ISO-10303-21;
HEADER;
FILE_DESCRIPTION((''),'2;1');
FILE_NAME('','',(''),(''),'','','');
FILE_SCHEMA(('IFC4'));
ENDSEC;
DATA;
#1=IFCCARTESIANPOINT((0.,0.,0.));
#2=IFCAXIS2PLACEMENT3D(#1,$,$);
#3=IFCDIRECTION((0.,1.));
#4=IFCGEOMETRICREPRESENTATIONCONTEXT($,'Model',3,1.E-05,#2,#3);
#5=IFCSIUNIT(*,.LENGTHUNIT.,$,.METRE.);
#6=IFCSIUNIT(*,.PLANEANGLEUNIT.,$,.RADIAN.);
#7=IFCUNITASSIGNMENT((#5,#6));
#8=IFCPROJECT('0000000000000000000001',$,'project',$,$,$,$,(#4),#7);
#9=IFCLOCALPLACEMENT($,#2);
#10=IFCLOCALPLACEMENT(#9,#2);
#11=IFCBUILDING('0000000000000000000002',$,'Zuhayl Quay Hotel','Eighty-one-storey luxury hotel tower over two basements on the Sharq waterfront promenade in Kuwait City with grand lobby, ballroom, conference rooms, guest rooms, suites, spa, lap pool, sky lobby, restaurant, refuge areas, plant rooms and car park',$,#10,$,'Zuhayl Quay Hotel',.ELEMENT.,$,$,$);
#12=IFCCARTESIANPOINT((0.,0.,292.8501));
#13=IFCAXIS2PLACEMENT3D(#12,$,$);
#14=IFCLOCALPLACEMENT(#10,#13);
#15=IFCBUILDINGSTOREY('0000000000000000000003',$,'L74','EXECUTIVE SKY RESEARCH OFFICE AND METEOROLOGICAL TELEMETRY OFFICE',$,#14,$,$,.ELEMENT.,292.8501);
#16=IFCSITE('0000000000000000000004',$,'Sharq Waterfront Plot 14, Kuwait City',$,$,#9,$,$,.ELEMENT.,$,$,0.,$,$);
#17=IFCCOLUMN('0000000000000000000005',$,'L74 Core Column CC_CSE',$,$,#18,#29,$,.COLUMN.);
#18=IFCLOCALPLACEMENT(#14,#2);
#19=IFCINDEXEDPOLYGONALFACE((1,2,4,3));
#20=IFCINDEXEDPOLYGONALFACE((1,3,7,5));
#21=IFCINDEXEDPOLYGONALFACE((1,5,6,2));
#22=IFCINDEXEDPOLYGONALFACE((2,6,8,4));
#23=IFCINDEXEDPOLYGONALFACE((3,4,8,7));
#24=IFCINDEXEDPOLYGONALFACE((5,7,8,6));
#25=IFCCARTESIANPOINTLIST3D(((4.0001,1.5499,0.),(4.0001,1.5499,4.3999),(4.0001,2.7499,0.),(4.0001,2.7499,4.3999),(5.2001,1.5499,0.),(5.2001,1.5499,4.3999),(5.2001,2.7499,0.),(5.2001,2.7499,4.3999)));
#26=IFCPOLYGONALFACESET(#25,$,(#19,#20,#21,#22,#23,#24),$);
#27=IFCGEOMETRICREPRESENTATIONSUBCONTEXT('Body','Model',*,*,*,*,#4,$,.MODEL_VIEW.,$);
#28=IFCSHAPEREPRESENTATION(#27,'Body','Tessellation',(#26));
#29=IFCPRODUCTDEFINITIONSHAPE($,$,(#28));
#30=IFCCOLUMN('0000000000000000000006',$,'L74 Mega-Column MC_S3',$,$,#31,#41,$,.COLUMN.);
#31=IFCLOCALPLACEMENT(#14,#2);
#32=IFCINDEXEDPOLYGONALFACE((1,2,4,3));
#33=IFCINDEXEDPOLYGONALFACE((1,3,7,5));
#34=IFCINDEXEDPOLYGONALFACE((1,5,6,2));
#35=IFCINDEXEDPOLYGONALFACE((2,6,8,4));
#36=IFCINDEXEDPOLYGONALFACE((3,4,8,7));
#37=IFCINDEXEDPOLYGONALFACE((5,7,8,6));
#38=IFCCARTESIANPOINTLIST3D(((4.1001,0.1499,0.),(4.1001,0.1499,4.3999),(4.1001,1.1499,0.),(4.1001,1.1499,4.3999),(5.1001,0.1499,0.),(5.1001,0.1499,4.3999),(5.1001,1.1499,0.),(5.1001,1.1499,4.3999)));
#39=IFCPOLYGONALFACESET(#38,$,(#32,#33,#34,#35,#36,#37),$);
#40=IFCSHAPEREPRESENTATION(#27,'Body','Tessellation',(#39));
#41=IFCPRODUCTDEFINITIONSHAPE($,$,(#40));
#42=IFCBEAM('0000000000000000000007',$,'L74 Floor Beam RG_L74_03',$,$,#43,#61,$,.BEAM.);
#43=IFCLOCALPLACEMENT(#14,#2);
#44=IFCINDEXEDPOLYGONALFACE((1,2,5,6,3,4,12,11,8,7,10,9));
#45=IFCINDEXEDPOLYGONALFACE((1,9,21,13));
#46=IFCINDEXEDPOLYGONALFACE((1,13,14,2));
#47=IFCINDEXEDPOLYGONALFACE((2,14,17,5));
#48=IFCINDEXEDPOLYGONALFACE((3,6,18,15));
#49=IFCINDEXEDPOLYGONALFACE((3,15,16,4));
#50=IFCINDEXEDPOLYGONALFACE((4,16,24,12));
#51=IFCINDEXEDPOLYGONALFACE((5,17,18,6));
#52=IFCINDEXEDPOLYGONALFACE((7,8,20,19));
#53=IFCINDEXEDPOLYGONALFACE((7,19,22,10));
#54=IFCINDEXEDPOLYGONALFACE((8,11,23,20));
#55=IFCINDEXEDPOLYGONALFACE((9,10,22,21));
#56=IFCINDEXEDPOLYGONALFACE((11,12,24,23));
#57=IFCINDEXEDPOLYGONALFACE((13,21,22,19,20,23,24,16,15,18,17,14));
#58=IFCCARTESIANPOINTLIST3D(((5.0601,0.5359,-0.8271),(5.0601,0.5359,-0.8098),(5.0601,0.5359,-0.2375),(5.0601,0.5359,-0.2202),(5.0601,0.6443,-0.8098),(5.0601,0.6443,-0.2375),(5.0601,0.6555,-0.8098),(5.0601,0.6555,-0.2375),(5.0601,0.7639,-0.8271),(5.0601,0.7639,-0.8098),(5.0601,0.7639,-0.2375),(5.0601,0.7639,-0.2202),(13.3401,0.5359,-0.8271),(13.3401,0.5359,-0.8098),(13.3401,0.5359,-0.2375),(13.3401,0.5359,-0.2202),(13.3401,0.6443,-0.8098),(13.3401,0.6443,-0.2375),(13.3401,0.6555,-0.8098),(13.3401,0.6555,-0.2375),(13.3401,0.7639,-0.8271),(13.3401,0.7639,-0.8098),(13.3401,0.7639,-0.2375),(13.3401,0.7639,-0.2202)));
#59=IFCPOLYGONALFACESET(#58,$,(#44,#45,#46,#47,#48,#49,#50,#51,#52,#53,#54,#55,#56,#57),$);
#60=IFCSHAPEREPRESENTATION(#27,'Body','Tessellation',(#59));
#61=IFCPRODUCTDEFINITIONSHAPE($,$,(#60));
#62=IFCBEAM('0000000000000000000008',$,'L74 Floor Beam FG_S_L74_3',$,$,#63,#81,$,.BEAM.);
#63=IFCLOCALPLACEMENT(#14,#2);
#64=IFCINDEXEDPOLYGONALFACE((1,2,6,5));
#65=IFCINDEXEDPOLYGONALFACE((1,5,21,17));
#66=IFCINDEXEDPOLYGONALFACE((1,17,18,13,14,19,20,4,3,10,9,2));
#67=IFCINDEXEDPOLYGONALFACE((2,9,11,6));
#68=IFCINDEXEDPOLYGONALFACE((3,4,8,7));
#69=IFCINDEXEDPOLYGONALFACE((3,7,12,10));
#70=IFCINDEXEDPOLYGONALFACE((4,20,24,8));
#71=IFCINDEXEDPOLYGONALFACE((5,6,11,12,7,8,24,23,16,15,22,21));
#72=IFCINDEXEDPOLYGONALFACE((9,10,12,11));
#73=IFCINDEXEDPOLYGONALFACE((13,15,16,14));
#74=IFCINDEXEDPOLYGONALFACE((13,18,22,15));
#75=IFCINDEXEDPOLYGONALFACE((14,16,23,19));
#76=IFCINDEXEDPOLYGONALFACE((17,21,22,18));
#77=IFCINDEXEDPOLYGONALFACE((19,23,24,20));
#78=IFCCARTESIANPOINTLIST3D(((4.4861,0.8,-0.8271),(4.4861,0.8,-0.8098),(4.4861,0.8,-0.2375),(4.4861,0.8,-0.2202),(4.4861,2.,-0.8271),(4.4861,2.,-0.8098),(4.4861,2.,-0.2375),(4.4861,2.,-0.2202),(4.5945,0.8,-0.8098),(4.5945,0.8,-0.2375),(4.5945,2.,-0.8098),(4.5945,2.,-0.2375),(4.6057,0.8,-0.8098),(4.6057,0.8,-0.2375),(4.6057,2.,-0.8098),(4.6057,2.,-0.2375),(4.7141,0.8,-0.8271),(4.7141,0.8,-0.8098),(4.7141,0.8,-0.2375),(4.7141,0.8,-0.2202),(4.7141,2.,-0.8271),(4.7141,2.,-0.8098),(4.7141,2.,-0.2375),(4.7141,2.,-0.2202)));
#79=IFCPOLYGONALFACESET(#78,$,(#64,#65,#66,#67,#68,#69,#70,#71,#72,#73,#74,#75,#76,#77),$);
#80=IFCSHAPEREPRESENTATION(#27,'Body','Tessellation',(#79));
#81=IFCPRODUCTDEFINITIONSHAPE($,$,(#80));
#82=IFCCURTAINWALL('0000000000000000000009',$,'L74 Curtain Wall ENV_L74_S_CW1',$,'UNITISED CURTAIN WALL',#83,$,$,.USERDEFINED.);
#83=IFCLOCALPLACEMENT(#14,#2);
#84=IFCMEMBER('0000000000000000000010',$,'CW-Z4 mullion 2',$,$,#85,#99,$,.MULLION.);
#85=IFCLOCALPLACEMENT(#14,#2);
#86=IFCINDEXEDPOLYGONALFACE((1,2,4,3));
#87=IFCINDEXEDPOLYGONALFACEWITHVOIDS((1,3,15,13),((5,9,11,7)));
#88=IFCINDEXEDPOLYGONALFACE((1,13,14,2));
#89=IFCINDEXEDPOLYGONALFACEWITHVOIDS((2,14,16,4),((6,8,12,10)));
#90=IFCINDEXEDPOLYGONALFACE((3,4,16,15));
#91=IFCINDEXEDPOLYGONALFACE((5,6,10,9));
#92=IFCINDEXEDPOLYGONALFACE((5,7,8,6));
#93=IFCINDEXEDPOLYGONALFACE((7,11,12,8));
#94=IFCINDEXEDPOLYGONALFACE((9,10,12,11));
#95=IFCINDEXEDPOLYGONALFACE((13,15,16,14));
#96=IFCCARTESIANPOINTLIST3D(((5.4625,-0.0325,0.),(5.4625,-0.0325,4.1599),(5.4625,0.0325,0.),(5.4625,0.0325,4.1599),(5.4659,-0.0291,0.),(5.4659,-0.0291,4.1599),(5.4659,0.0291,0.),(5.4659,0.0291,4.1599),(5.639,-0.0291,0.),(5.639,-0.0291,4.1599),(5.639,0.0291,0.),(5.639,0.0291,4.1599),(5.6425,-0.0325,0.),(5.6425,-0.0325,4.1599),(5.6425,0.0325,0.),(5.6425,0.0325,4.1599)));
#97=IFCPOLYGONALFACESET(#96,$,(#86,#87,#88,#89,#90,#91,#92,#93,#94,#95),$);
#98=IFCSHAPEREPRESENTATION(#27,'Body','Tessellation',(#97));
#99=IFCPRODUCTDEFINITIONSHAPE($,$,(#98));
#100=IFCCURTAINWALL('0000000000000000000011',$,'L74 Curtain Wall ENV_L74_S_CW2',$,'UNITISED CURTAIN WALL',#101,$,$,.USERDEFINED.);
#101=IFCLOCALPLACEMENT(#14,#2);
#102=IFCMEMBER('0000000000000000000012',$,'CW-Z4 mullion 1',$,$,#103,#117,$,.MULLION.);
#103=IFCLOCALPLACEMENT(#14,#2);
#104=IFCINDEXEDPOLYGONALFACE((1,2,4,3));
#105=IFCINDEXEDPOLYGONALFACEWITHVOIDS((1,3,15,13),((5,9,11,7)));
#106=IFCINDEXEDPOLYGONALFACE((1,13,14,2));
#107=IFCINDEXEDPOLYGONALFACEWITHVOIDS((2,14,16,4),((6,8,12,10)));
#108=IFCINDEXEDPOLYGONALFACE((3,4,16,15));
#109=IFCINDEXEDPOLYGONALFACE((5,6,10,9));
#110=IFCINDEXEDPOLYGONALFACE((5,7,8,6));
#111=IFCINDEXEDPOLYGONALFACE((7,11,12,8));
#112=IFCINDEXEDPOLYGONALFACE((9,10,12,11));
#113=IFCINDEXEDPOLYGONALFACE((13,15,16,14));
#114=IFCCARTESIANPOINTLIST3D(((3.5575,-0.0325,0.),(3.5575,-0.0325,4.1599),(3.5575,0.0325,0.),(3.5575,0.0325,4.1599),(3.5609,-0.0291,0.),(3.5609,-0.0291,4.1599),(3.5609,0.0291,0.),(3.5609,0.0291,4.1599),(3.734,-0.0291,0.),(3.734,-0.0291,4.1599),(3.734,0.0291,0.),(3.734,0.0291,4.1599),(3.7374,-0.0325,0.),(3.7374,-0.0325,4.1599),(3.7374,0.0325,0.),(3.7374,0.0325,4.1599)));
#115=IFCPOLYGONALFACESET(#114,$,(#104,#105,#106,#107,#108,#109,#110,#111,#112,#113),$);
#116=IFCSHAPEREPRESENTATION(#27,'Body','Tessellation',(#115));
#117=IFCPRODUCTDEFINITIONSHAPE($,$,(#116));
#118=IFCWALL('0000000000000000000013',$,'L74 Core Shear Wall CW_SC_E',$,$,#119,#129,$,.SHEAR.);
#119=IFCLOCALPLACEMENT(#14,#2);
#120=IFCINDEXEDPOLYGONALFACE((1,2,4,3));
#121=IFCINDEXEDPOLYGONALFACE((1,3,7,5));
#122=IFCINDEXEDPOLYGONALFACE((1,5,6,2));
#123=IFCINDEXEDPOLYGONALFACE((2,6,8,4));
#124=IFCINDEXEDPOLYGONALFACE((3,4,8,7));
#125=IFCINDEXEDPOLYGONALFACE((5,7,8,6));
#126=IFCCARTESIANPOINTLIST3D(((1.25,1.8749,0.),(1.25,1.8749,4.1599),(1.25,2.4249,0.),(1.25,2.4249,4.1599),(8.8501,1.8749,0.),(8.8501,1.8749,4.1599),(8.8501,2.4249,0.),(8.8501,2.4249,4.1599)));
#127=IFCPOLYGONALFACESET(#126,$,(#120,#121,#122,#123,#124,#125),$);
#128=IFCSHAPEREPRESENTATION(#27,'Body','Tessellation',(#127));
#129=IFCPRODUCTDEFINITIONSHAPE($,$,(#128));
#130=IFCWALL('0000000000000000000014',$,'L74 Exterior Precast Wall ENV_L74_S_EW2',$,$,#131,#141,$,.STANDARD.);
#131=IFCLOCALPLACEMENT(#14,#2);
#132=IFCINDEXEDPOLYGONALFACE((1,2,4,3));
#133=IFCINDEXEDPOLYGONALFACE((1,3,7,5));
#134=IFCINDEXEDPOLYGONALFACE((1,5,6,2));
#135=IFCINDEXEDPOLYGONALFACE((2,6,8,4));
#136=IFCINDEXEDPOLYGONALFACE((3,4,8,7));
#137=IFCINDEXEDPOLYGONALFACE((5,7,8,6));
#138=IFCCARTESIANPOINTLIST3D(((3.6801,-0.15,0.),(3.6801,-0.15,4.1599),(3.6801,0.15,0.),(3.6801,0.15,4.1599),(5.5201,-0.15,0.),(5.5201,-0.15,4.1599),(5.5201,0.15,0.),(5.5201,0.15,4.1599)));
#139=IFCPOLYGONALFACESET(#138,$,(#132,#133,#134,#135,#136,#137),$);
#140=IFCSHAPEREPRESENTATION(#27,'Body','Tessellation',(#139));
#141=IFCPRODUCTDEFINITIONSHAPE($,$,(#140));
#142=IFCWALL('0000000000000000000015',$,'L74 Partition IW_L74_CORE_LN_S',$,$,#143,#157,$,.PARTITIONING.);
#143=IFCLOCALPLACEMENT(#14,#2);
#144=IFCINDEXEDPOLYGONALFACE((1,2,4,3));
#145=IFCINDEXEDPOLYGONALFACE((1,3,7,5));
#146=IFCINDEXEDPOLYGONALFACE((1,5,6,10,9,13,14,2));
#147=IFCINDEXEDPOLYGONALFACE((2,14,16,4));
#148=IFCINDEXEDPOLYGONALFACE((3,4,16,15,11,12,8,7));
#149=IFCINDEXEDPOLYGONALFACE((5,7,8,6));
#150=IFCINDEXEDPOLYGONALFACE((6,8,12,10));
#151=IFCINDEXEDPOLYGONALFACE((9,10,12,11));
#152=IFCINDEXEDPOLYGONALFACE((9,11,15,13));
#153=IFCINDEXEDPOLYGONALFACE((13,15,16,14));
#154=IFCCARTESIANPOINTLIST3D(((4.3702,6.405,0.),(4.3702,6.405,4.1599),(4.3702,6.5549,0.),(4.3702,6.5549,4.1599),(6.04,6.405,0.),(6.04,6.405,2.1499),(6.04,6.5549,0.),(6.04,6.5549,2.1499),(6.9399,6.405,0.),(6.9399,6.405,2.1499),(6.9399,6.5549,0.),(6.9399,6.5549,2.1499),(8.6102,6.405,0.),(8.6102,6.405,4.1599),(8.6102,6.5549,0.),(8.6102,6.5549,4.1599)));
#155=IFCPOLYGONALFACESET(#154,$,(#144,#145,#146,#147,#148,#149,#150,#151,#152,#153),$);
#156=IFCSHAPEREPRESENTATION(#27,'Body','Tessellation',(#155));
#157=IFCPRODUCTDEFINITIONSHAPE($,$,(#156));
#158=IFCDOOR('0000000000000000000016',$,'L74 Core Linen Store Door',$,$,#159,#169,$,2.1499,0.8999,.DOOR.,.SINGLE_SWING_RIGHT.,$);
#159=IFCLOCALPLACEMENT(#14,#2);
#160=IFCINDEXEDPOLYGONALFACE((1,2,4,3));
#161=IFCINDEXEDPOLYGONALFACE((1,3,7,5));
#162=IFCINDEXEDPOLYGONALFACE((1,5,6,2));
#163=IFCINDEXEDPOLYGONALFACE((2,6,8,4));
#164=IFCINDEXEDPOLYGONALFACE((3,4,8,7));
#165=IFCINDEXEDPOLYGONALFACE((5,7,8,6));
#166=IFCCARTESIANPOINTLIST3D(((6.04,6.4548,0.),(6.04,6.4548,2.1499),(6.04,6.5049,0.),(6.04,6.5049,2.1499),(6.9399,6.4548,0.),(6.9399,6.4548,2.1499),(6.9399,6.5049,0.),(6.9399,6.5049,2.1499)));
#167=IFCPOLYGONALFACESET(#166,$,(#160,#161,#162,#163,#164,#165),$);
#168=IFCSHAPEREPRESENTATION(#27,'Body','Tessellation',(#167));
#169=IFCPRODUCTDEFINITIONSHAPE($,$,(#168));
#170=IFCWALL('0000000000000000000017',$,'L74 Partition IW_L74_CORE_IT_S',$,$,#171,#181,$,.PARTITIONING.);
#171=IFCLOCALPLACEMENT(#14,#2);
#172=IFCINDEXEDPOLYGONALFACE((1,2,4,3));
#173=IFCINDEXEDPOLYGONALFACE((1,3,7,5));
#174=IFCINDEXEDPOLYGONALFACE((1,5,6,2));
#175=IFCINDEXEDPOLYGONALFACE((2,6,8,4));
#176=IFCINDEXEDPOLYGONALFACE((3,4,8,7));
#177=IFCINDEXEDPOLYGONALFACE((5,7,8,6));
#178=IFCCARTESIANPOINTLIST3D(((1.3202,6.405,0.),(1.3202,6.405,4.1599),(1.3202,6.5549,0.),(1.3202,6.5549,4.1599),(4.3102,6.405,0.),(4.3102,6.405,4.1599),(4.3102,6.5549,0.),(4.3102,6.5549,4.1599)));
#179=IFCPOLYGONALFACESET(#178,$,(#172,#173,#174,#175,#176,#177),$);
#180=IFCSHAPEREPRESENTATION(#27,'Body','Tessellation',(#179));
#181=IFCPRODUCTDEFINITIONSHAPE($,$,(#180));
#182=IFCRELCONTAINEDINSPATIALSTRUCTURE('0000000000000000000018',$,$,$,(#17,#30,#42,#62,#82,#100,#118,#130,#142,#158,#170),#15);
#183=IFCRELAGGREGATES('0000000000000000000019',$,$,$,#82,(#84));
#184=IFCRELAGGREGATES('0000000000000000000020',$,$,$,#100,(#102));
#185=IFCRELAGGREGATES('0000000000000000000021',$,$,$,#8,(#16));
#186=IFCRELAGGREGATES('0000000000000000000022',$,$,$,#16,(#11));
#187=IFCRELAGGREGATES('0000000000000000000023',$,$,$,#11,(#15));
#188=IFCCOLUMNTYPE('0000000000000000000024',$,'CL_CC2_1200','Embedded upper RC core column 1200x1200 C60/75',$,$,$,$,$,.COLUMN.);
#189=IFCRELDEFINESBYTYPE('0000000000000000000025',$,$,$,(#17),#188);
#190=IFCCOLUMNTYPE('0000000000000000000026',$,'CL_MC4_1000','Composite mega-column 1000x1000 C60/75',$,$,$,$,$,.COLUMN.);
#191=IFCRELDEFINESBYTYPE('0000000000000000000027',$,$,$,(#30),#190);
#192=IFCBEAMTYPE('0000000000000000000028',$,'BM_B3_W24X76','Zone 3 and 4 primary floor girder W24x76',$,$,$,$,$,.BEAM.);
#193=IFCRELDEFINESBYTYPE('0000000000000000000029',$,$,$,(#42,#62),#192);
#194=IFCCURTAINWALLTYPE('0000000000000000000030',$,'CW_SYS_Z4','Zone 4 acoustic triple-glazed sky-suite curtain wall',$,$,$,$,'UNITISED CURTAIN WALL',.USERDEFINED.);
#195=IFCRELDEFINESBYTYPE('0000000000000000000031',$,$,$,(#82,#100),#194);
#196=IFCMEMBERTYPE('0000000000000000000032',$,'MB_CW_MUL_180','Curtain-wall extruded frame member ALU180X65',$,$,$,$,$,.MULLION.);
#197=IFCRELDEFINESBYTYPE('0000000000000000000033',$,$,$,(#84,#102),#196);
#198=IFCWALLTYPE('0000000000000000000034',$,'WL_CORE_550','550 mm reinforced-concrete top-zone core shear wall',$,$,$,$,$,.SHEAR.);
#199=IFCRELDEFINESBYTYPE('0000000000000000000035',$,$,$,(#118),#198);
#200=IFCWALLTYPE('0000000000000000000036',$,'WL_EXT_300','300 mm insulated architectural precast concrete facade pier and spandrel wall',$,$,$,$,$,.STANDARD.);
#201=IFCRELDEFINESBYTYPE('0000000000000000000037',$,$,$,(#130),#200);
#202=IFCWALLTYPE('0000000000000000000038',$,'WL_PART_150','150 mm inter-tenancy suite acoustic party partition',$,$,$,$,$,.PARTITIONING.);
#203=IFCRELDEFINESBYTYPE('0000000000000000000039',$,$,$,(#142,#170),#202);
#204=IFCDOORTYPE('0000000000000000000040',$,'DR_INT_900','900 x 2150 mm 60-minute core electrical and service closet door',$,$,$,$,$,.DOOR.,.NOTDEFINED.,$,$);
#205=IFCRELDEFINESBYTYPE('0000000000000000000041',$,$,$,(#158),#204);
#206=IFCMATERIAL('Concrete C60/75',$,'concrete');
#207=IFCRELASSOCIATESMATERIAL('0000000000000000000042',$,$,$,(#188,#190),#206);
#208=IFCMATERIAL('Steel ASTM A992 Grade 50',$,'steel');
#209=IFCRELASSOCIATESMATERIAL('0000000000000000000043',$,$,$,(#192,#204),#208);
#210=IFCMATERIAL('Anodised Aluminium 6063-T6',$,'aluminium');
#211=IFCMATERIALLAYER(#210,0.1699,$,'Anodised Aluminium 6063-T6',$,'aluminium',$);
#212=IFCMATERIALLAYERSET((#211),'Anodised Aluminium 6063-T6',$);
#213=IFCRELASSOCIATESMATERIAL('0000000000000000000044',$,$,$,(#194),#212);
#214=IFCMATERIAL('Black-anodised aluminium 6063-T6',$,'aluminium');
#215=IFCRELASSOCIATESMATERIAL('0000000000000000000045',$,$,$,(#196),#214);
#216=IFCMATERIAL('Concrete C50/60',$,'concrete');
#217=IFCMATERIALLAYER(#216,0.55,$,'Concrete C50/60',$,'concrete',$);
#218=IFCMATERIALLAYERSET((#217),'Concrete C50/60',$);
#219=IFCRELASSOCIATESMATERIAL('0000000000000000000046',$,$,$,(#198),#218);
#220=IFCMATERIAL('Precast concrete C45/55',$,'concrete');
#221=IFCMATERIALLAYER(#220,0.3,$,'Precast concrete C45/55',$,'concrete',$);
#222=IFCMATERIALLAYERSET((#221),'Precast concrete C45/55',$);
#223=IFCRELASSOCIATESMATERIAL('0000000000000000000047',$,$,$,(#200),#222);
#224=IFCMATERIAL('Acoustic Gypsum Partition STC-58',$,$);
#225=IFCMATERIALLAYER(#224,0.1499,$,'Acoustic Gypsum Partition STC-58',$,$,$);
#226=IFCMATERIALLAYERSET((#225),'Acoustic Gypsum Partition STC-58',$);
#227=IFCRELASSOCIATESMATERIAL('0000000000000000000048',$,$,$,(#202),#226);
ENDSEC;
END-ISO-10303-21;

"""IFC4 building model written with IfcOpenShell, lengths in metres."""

from ifc_helpers import new_model, si_unit, direction, frame, frame_2d, origin, origin_2d, place, context, subcontext, project, spatial, rectangle, hollow_rectangle, i_section, extrude, material, layer, layer_set, material_profile, profile_set, type_object, element, fill, aggregate, save


model = new_model("IFC4")

# Units and contexts
model_context = context("Model", 3, precision=1e-05, world=origin(), true_north=direction((0.0, 1.0)))
body_context = subcontext(model_context, "Body", "Model", "MODEL_VIEW")
ifc_project = project(units=[si_unit("LENGTHUNIT", "METRE"), si_unit("PLANEANGLEUNIT", "RADIAN")], contexts=[model_context])

# Site, building, storey
site_placement = place(None, origin())
site = spatial("IfcSite", under=ifc_project, at=site_placement, Name="Sharq Waterfront Plot 14, Kuwait City", CompositionType="ELEMENT", RefElevation=0.0)
building_placement = place(site_placement, origin())
building = spatial("IfcBuilding", under=site, at=building_placement, Name="Zuhayl Quay Hotel", Description="Eighty-one-storey luxury hotel tower over two basements on the Sharq waterfront promenade in Kuwait City with grand lobby, ballroom, conference rooms, guest rooms, suites, spa, lap pool, sky lobby, restaurant, refuge areas, plant rooms and car park", LongName="Zuhayl Quay Hotel", CompositionType="ELEMENT")
storey_placement = place(building_placement, frame((0.0, 0.0, 292.8501)))
storey = spatial("IfcBuildingStorey", under=building, at=storey_placement, Name="L74", Description="EXECUTIVE SKY RESEARCH OFFICE AND METEOROLOGICAL TELEMETRY OFFICE", CompositionType="ELEMENT", Elevation=292.8501)

# Columns
ifc_material_1 = material(Name="Concrete C60/75", Category="concrete")
ifc_material_profile_1 = material_profile(ifc_material_1, rectangle(XDim=1.2, YDim=1.2, at=origin_2d()), Name="RC1200X1200")
ifc_profile_set_1 = profile_set([ifc_material_profile_1], Name="Concrete C60/75")
column_type_1 = type_object("IfcColumnType", Name="CL_CC2_1200", Description="Embedded upper RC core column 1200x1200 C60/75", PredefinedType="COLUMN", material=ifc_profile_set_1)
column_1_placement = place(storey_placement, frame((4.6001, 2.1499, 0.0), z_axis=(0.0, 0.0, 1.0), x_axis=(1.0, 0.0, 0.0)))
element("IfcColumn", 1, at=column_1_placement, inside=storey, type_object=column_type_1, Name="L74 Core Column CC_CSE", PredefinedType="COLUMN", context=body_context, shape_type="SweptSolid", body=[
    extrude(rectangle(XDim=1.2, YDim=1.2, at=origin_2d()), origin(), (0.0, 0.0, 1.0), 4.3999),
])
ifc_material_profile_2 = material_profile(ifc_material_1, rectangle(XDim=1.0, YDim=1.0, at=origin_2d()), Name="RC1000X1000")
ifc_profile_set_2 = profile_set([ifc_material_profile_2], Name="Concrete C60/75")
column_type_2 = type_object("IfcColumnType", Name="CL_MC4_1000", Description="Composite mega-column 1000x1000 C60/75", PredefinedType="COLUMN", material=ifc_profile_set_2)
column_2_placement = place(storey_placement, frame((4.6001, 0.6499, 0.0), z_axis=(0.0, 0.0, 1.0), x_axis=(1.0, 0.0, 0.0)))
element("IfcColumn", 2, at=column_2_placement, inside=storey, type_object=column_type_2, Name="L74 Mega-Column MC_S3", PredefinedType="COLUMN", context=body_context, shape_type="SweptSolid", body=[
    extrude(rectangle(XDim=1.0, YDim=1.0, at=origin_2d()), origin(), (0.0, 0.0, 1.0), 4.3999),
])

# Beams
ifc_material_2 = material(Name="Steel ASTM A992 Grade 50", Category="steel")
ifc_material_profile_3 = material_profile(ifc_material_2, i_section(OverallWidth=0.228, OverallDepth=0.6069, WebThickness=0.0112, FlangeThickness=0.0173, at=origin_2d()), Name="W24X76")
ifc_profile_set_3 = profile_set([ifc_material_profile_3], Name="Steel ASTM A992 Grade 50")
beam_type = type_object("IfcBeamType", Name="BM_B3_W24X76", Description="Zone 3 and 4 primary floor girder W24x76", PredefinedType="BEAM", material=ifc_profile_set_3)
beam_1_placement = place(storey_placement, frame((5.0601, 0.6499, -0.5237), z_axis=(1.0, 0.0, 0.0), x_axis=(0.0, 1.0, 0.0)))
element("IfcBeam", 3, at=beam_1_placement, inside=storey, type_object=beam_type, Name="L74 Floor Beam RG_L74_03", PredefinedType="BEAM", context=body_context, shape_type="SweptSolid", body=[
    extrude(i_section(OverallWidth=0.228, OverallDepth=0.6069, WebThickness=0.0112, FlangeThickness=0.0173, at=origin_2d()), origin(), (0.0, 0.0, 1.0), 8.28),
])
beam_2_placement = place(storey_placement, frame((4.6001, 0.8, -0.5237), z_axis=(0.0, 1.0, 0.0), x_axis=(-1.0, 0.0, 0.0)))
element("IfcBeam", 4, at=beam_2_placement, inside=storey, type_object=beam_type, Name="L74 Floor Beam FG_S_L74_3", PredefinedType="BEAM", context=body_context, shape_type="SweptSolid", body=[
    extrude(i_section(OverallWidth=0.228, OverallDepth=0.6069, WebThickness=0.0112, FlangeThickness=0.0173, at=origin_2d()), origin(), (0.0, 0.0, 1.0), 1.2),
])

# Curtain walls, members
ifc_material_3 = material(Name="Anodised Aluminium 6063-T6", Category="aluminium")
ifc_layer_1 = layer(ifc_material_3, 0.1699, Name="Anodised Aluminium 6063-T6", Category="aluminium")
ifc_layer_set_1 = layer_set([ifc_layer_1], Name="Anodised Aluminium 6063-T6")
curtain_wall_type = type_object("IfcCurtainWallType", Name="CW_SYS_Z4", Description="Zone 4 acoustic triple-glazed sky-suite curtain wall", ElementType="UNITISED CURTAIN WALL", PredefinedType="USERDEFINED", material=ifc_layer_set_1)
curtain_wall_1_placement = place(storey_placement, origin())
curtain_wall_1 = element("IfcCurtainWall", 5, at=curtain_wall_1_placement, inside=storey, type_object=curtain_wall_type, Name="L74 Curtain Wall ENV_L74_S_CW1", ObjectType="UNITISED CURTAIN WALL", PredefinedType="USERDEFINED")
ifc_material_4 = material(Name="Black-anodised aluminium 6063-T6", Category="aluminium")
ifc_material_profile_4 = material_profile(ifc_material_4, hollow_rectangle(XDim=0.0649, YDim=0.1799, WallThickness=0.0034, at=origin_2d()), Name="ALU180X65")
ifc_profile_set_4 = profile_set([ifc_material_profile_4], Name="Black-anodised aluminium 6063-T6")
member_type = type_object("IfcMemberType", Name="MB_CW_MUL_180", Description="Curtain-wall extruded frame member ALU180X65", PredefinedType="MULLION", material=ifc_profile_set_4)
member_1_placement = place(storey_placement, frame((5.5525, 0.0, 0.0), z_axis=(0.0, 0.0, 1.0), x_axis=(0.0, -1.0, 0.0)))
member_1 = element("IfcMember", 6, at=member_1_placement, type_object=member_type, Name="CW-Z4 mullion 2", PredefinedType="MULLION", context=body_context, shape_type="SweptSolid", body=[
    extrude(hollow_rectangle(XDim=0.0649, YDim=0.1799, WallThickness=0.0034, at=origin_2d()), origin(), (0.0, 0.0, 1.0), 4.1599),
])
aggregate(curtain_wall_1, [member_1])
curtain_wall_2_placement = place(storey_placement, origin())
curtain_wall_2 = element("IfcCurtainWall", 7, at=curtain_wall_2_placement, inside=storey, type_object=curtain_wall_type, Name="L74 Curtain Wall ENV_L74_S_CW2", ObjectType="UNITISED CURTAIN WALL", PredefinedType="USERDEFINED")
member_2_placement = place(storey_placement, frame((3.6475, 0.0, 0.0), z_axis=(0.0, 0.0, 1.0), x_axis=(0.0, -1.0, 0.0)))
member_2 = element("IfcMember", 8, at=member_2_placement, type_object=member_type, Name="CW-Z4 mullion 1", PredefinedType="MULLION", context=body_context, shape_type="SweptSolid", body=[
    extrude(hollow_rectangle(XDim=0.0649, YDim=0.1799, WallThickness=0.0034, at=origin_2d()), origin(), (0.0, 0.0, 1.0), 4.1599),
])
aggregate(curtain_wall_2, [member_2])

# Walls
ifc_material_5 = material(Name="Concrete C50/60", Category="concrete")
ifc_layer_2 = layer(ifc_material_5, 0.55, Name="Concrete C50/60", Category="concrete")
ifc_layer_set_2 = layer_set([ifc_layer_2], Name="Concrete C50/60")
wall_type_1 = type_object("IfcWallType", Name="WL_CORE_550", Description="550 mm reinforced-concrete top-zone core shear wall", PredefinedType="SHEAR", material=ifc_layer_set_2)
wall_1_placement = place(storey_placement, frame((1.25, 2.1499, 0.0), z_axis=(0.0, 0.0, 1.0), x_axis=(1.0, 0.0, 0.0)))
element("IfcWall", 9, at=wall_1_placement, inside=storey, type_object=wall_type_1, Name="L74 Core Shear Wall CW_SC_E", PredefinedType="SHEAR", context=body_context, shape_type="SweptSolid", body=[
    extrude(rectangle(XDim=7.6001, YDim=0.55, at=frame_2d((3.8, 0.0))), origin(), (0.0, 0.0, 1.0), 4.1599),
])
ifc_material_6 = material(Name="Precast concrete C45/55", Category="concrete")
ifc_layer_3 = layer(ifc_material_6, 0.3, Name="Precast concrete C45/55", Category="concrete")
ifc_layer_set_3 = layer_set([ifc_layer_3], Name="Precast concrete C45/55")
wall_type_2 = type_object("IfcWallType", Name="WL_EXT_300", Description="300 mm insulated architectural precast concrete facade pier and spandrel wall", PredefinedType="STANDARD", material=ifc_layer_set_3)
wall_2_placement = place(storey_placement, frame((5.52, 0.0, 0.0), z_axis=(0.0, 0.0, 1.0), x_axis=(-1.0, 0.0, 0.0)))
element("IfcWall", 10, at=wall_2_placement, inside=storey, type_object=wall_type_2, Name="L74 Exterior Precast Wall ENV_L74_S_EW2", PredefinedType="STANDARD", context=body_context, shape_type="SweptSolid", body=[
    extrude(rectangle(XDim=1.8401, YDim=0.3, at=frame_2d((0.9199, 0.0))), origin(), (0.0, 0.0, 1.0), 4.1599),
])

# Wall, opening, door
ifc_material_7 = material(Name="Acoustic Gypsum Partition STC-58")
ifc_layer_4 = layer(ifc_material_7, 0.1499, Name="Acoustic Gypsum Partition STC-58")
ifc_layer_set_4 = layer_set([ifc_layer_4], Name="Acoustic Gypsum Partition STC-58")
wall_type_3 = type_object("IfcWallType", Name="WL_PART_150", Description="150 mm inter-tenancy suite acoustic party partition", PredefinedType="PARTITIONING", material=ifc_layer_set_4)
door_type_1 = type_object("IfcDoorType", Name="DR_INT_900", Description="900 x 2150 mm 60-minute core electrical and service closet door", OperationType="NOTDEFINED", PredefinedType="DOOR", material=ifc_material_2)
wall_3_placement = place(storey_placement, frame((4.3701, 6.48, 0.0), z_axis=(0.0, 0.0, 1.0), x_axis=(1.0, 0.0, 0.0)))
wall_3 = element("IfcWall", 11, at=wall_3_placement, inside=storey, type_object=wall_type_3, Name="L74 Partition IW_L74_CORE_LN_S", PredefinedType="PARTITIONING", context=body_context, shape_type="SweptSolid", body=[
    extrude(rectangle(XDim=4.24, YDim=0.1499, at=frame_2d((2.1201, 0.0))), origin(), (0.0, 0.0, 1.0), 4.1599),
])
opening_1_placement = place(wall_3_placement, frame((1.6699, 0.0, 0.0)))
opening_1 = element("IfcOpeningElement", 12, at=opening_1_placement, cuts=wall_3, PredefinedType="OPENING", context=body_context, shape_type="SweptSolid", body=[
    extrude(rectangle(XDim=0.8999, YDim=2.1499, at=frame_2d((0.45, 1.075))), frame((0.0, 0.085, 0.0), z_axis=(0.0, -1.0, 0.0), x_axis=(1.0, 0.0, 0.0)), (0.0, 0.0, 1.0), 0.1699),
])
door_1_placement = place(opening_1_placement, origin())
door_1 = element("IfcDoor", 13, at=door_1_placement, inside=storey, type_object=door_type_1, Name="L74 Core Linen Store Door", OperationType="SINGLE_SWING_RIGHT", OverallHeight=2.1499, OverallWidth=0.8999, PredefinedType="DOOR", context=body_context, shape_type="SweptSolid", body=[
    extrude(rectangle(XDim=0.8999, YDim=2.1499, at=frame_2d((0.45, 1.075))), frame((0.0, 0.0249, 0.0), z_axis=(0.0, -1.0, 0.0), x_axis=(1.0, 0.0, 0.0)), (0.0, 0.0, 1.0), 0.05),
])
fill(opening_1, door_1)

# Wall
wall_4_placement = place(storey_placement, frame((1.3201, 6.48, 0.0), z_axis=(0.0, 0.0, 1.0), x_axis=(1.0, 0.0, 0.0)))
element("IfcWall", 14, at=wall_4_placement, inside=storey, type_object=wall_type_3, Name="L74 Partition IW_L74_CORE_IT_S", PredefinedType="PARTITIONING", context=body_context, shape_type="SweptSolid", body=[
    extrude(rectangle(XDim=2.99, YDim=0.1499, at=frame_2d((1.4951, 0.0))), origin(), (0.0, 0.0, 1.0), 4.1599),
])

save(model, "model.ifc")
